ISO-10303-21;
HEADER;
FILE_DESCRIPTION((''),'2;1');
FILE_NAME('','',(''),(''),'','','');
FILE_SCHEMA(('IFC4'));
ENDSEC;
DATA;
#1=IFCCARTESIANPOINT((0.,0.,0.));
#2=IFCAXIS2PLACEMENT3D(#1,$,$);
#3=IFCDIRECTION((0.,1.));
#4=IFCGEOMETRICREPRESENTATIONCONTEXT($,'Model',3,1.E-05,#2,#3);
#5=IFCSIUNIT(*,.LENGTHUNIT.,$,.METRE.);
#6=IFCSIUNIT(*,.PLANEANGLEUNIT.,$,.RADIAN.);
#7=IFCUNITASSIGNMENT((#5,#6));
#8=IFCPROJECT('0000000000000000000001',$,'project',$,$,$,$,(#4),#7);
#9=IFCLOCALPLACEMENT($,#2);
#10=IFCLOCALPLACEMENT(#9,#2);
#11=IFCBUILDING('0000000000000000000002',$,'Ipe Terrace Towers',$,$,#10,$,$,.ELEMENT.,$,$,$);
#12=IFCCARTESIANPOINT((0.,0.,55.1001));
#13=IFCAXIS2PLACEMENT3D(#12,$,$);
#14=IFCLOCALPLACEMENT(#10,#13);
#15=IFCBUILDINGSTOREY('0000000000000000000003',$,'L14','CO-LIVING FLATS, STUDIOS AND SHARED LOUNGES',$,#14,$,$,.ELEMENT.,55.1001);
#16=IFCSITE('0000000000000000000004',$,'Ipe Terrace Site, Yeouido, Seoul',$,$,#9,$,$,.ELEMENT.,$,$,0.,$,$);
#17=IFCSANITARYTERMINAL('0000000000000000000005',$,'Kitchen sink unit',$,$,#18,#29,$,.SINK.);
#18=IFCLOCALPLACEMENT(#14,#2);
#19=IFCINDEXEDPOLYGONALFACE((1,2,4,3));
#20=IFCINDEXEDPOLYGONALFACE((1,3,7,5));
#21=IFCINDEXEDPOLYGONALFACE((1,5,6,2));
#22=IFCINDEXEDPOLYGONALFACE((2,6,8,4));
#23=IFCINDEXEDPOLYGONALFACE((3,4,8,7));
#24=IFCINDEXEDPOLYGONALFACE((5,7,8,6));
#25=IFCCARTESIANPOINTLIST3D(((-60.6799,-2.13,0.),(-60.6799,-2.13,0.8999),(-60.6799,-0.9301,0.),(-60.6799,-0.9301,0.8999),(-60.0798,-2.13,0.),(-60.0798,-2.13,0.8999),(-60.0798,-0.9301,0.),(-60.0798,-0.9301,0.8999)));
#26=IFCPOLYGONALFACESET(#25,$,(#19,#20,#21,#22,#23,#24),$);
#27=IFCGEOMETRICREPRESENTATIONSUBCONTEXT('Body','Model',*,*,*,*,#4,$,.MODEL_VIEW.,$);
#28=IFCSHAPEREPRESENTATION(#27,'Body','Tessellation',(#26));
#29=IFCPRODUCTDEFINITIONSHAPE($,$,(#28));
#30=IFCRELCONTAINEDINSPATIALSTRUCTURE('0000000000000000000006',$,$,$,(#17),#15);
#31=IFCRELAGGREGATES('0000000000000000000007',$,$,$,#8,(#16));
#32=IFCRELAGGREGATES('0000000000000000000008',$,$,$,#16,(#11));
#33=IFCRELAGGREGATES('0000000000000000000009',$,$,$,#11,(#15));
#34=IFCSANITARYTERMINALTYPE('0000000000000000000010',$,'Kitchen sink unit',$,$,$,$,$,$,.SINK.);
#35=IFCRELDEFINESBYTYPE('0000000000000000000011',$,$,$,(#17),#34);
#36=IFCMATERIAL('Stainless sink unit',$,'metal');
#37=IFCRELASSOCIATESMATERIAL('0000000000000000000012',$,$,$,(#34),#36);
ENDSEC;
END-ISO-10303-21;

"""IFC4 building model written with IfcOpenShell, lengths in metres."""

from ifc_helpers import new_model, si_unit, direction, frame, origin, origin_2d, place, context, subcontext, project, spatial, rectangle, extrude, material, type_object, element, save


model = new_model("IFC4")

# Units and contexts
model_context = context("Model", 3, precision=1e-05, world=origin(), true_north=direction((0.0, 1.0)))
body_context = subcontext(model_context, "Body", "Model", "MODEL_VIEW")
ifc_project = project(units=[si_unit("LENGTHUNIT", "METRE"), si_unit("PLANEANGLEUNIT", "RADIAN")], contexts=[model_context])

# Site, building, storey
site_placement = place(None, origin())
site = spatial("IfcSite", under=ifc_project, at=site_placement, Name="Ipe Terrace Site, Yeouido, Seoul", CompositionType="ELEMENT", RefElevation=0.0)
building_placement = place(site_placement, origin())
building = spatial("IfcBuilding", under=site, at=building_placement, Name="Ipe Terrace Towers", CompositionType="ELEMENT")
storey_placement = place(building_placement, frame((0.0, 0.0, 55.1001)))
storey = spatial("IfcBuildingStorey", under=building, at=storey_placement, Name="L14", Description="CO-LIVING FLATS, STUDIOS AND SHARED LOUNGES", CompositionType="ELEMENT", Elevation=55.1001)

# Sanitary terminal
ifc_material_1 = material(Name="Stainless sink unit", Category="metal")
sanitary_terminal_type = type_object("IfcSanitaryTerminalType", Name="Kitchen sink unit", PredefinedType="SINK", material=ifc_material_1)
sanitary_terminal_placement = place(storey_placement, frame((-60.3799, -1.53, 0.0), z_axis=(0.0, 0.0, 1.0), x_axis=(0.0, 1.0, 0.0)))
element("IfcSanitaryTerminal", 1, at=sanitary_terminal_placement, inside=storey, type_object=sanitary_terminal_type, Name="Kitchen sink unit", PredefinedType="SINK", context=body_context, shape_type="SweptSolid", body=[
    extrude(rectangle(XDim=1.2, YDim=0.6001, at=origin_2d()), origin(), (0.0, 0.0, 1.0), 0.8999),
])

save(model, "model.ifc")
